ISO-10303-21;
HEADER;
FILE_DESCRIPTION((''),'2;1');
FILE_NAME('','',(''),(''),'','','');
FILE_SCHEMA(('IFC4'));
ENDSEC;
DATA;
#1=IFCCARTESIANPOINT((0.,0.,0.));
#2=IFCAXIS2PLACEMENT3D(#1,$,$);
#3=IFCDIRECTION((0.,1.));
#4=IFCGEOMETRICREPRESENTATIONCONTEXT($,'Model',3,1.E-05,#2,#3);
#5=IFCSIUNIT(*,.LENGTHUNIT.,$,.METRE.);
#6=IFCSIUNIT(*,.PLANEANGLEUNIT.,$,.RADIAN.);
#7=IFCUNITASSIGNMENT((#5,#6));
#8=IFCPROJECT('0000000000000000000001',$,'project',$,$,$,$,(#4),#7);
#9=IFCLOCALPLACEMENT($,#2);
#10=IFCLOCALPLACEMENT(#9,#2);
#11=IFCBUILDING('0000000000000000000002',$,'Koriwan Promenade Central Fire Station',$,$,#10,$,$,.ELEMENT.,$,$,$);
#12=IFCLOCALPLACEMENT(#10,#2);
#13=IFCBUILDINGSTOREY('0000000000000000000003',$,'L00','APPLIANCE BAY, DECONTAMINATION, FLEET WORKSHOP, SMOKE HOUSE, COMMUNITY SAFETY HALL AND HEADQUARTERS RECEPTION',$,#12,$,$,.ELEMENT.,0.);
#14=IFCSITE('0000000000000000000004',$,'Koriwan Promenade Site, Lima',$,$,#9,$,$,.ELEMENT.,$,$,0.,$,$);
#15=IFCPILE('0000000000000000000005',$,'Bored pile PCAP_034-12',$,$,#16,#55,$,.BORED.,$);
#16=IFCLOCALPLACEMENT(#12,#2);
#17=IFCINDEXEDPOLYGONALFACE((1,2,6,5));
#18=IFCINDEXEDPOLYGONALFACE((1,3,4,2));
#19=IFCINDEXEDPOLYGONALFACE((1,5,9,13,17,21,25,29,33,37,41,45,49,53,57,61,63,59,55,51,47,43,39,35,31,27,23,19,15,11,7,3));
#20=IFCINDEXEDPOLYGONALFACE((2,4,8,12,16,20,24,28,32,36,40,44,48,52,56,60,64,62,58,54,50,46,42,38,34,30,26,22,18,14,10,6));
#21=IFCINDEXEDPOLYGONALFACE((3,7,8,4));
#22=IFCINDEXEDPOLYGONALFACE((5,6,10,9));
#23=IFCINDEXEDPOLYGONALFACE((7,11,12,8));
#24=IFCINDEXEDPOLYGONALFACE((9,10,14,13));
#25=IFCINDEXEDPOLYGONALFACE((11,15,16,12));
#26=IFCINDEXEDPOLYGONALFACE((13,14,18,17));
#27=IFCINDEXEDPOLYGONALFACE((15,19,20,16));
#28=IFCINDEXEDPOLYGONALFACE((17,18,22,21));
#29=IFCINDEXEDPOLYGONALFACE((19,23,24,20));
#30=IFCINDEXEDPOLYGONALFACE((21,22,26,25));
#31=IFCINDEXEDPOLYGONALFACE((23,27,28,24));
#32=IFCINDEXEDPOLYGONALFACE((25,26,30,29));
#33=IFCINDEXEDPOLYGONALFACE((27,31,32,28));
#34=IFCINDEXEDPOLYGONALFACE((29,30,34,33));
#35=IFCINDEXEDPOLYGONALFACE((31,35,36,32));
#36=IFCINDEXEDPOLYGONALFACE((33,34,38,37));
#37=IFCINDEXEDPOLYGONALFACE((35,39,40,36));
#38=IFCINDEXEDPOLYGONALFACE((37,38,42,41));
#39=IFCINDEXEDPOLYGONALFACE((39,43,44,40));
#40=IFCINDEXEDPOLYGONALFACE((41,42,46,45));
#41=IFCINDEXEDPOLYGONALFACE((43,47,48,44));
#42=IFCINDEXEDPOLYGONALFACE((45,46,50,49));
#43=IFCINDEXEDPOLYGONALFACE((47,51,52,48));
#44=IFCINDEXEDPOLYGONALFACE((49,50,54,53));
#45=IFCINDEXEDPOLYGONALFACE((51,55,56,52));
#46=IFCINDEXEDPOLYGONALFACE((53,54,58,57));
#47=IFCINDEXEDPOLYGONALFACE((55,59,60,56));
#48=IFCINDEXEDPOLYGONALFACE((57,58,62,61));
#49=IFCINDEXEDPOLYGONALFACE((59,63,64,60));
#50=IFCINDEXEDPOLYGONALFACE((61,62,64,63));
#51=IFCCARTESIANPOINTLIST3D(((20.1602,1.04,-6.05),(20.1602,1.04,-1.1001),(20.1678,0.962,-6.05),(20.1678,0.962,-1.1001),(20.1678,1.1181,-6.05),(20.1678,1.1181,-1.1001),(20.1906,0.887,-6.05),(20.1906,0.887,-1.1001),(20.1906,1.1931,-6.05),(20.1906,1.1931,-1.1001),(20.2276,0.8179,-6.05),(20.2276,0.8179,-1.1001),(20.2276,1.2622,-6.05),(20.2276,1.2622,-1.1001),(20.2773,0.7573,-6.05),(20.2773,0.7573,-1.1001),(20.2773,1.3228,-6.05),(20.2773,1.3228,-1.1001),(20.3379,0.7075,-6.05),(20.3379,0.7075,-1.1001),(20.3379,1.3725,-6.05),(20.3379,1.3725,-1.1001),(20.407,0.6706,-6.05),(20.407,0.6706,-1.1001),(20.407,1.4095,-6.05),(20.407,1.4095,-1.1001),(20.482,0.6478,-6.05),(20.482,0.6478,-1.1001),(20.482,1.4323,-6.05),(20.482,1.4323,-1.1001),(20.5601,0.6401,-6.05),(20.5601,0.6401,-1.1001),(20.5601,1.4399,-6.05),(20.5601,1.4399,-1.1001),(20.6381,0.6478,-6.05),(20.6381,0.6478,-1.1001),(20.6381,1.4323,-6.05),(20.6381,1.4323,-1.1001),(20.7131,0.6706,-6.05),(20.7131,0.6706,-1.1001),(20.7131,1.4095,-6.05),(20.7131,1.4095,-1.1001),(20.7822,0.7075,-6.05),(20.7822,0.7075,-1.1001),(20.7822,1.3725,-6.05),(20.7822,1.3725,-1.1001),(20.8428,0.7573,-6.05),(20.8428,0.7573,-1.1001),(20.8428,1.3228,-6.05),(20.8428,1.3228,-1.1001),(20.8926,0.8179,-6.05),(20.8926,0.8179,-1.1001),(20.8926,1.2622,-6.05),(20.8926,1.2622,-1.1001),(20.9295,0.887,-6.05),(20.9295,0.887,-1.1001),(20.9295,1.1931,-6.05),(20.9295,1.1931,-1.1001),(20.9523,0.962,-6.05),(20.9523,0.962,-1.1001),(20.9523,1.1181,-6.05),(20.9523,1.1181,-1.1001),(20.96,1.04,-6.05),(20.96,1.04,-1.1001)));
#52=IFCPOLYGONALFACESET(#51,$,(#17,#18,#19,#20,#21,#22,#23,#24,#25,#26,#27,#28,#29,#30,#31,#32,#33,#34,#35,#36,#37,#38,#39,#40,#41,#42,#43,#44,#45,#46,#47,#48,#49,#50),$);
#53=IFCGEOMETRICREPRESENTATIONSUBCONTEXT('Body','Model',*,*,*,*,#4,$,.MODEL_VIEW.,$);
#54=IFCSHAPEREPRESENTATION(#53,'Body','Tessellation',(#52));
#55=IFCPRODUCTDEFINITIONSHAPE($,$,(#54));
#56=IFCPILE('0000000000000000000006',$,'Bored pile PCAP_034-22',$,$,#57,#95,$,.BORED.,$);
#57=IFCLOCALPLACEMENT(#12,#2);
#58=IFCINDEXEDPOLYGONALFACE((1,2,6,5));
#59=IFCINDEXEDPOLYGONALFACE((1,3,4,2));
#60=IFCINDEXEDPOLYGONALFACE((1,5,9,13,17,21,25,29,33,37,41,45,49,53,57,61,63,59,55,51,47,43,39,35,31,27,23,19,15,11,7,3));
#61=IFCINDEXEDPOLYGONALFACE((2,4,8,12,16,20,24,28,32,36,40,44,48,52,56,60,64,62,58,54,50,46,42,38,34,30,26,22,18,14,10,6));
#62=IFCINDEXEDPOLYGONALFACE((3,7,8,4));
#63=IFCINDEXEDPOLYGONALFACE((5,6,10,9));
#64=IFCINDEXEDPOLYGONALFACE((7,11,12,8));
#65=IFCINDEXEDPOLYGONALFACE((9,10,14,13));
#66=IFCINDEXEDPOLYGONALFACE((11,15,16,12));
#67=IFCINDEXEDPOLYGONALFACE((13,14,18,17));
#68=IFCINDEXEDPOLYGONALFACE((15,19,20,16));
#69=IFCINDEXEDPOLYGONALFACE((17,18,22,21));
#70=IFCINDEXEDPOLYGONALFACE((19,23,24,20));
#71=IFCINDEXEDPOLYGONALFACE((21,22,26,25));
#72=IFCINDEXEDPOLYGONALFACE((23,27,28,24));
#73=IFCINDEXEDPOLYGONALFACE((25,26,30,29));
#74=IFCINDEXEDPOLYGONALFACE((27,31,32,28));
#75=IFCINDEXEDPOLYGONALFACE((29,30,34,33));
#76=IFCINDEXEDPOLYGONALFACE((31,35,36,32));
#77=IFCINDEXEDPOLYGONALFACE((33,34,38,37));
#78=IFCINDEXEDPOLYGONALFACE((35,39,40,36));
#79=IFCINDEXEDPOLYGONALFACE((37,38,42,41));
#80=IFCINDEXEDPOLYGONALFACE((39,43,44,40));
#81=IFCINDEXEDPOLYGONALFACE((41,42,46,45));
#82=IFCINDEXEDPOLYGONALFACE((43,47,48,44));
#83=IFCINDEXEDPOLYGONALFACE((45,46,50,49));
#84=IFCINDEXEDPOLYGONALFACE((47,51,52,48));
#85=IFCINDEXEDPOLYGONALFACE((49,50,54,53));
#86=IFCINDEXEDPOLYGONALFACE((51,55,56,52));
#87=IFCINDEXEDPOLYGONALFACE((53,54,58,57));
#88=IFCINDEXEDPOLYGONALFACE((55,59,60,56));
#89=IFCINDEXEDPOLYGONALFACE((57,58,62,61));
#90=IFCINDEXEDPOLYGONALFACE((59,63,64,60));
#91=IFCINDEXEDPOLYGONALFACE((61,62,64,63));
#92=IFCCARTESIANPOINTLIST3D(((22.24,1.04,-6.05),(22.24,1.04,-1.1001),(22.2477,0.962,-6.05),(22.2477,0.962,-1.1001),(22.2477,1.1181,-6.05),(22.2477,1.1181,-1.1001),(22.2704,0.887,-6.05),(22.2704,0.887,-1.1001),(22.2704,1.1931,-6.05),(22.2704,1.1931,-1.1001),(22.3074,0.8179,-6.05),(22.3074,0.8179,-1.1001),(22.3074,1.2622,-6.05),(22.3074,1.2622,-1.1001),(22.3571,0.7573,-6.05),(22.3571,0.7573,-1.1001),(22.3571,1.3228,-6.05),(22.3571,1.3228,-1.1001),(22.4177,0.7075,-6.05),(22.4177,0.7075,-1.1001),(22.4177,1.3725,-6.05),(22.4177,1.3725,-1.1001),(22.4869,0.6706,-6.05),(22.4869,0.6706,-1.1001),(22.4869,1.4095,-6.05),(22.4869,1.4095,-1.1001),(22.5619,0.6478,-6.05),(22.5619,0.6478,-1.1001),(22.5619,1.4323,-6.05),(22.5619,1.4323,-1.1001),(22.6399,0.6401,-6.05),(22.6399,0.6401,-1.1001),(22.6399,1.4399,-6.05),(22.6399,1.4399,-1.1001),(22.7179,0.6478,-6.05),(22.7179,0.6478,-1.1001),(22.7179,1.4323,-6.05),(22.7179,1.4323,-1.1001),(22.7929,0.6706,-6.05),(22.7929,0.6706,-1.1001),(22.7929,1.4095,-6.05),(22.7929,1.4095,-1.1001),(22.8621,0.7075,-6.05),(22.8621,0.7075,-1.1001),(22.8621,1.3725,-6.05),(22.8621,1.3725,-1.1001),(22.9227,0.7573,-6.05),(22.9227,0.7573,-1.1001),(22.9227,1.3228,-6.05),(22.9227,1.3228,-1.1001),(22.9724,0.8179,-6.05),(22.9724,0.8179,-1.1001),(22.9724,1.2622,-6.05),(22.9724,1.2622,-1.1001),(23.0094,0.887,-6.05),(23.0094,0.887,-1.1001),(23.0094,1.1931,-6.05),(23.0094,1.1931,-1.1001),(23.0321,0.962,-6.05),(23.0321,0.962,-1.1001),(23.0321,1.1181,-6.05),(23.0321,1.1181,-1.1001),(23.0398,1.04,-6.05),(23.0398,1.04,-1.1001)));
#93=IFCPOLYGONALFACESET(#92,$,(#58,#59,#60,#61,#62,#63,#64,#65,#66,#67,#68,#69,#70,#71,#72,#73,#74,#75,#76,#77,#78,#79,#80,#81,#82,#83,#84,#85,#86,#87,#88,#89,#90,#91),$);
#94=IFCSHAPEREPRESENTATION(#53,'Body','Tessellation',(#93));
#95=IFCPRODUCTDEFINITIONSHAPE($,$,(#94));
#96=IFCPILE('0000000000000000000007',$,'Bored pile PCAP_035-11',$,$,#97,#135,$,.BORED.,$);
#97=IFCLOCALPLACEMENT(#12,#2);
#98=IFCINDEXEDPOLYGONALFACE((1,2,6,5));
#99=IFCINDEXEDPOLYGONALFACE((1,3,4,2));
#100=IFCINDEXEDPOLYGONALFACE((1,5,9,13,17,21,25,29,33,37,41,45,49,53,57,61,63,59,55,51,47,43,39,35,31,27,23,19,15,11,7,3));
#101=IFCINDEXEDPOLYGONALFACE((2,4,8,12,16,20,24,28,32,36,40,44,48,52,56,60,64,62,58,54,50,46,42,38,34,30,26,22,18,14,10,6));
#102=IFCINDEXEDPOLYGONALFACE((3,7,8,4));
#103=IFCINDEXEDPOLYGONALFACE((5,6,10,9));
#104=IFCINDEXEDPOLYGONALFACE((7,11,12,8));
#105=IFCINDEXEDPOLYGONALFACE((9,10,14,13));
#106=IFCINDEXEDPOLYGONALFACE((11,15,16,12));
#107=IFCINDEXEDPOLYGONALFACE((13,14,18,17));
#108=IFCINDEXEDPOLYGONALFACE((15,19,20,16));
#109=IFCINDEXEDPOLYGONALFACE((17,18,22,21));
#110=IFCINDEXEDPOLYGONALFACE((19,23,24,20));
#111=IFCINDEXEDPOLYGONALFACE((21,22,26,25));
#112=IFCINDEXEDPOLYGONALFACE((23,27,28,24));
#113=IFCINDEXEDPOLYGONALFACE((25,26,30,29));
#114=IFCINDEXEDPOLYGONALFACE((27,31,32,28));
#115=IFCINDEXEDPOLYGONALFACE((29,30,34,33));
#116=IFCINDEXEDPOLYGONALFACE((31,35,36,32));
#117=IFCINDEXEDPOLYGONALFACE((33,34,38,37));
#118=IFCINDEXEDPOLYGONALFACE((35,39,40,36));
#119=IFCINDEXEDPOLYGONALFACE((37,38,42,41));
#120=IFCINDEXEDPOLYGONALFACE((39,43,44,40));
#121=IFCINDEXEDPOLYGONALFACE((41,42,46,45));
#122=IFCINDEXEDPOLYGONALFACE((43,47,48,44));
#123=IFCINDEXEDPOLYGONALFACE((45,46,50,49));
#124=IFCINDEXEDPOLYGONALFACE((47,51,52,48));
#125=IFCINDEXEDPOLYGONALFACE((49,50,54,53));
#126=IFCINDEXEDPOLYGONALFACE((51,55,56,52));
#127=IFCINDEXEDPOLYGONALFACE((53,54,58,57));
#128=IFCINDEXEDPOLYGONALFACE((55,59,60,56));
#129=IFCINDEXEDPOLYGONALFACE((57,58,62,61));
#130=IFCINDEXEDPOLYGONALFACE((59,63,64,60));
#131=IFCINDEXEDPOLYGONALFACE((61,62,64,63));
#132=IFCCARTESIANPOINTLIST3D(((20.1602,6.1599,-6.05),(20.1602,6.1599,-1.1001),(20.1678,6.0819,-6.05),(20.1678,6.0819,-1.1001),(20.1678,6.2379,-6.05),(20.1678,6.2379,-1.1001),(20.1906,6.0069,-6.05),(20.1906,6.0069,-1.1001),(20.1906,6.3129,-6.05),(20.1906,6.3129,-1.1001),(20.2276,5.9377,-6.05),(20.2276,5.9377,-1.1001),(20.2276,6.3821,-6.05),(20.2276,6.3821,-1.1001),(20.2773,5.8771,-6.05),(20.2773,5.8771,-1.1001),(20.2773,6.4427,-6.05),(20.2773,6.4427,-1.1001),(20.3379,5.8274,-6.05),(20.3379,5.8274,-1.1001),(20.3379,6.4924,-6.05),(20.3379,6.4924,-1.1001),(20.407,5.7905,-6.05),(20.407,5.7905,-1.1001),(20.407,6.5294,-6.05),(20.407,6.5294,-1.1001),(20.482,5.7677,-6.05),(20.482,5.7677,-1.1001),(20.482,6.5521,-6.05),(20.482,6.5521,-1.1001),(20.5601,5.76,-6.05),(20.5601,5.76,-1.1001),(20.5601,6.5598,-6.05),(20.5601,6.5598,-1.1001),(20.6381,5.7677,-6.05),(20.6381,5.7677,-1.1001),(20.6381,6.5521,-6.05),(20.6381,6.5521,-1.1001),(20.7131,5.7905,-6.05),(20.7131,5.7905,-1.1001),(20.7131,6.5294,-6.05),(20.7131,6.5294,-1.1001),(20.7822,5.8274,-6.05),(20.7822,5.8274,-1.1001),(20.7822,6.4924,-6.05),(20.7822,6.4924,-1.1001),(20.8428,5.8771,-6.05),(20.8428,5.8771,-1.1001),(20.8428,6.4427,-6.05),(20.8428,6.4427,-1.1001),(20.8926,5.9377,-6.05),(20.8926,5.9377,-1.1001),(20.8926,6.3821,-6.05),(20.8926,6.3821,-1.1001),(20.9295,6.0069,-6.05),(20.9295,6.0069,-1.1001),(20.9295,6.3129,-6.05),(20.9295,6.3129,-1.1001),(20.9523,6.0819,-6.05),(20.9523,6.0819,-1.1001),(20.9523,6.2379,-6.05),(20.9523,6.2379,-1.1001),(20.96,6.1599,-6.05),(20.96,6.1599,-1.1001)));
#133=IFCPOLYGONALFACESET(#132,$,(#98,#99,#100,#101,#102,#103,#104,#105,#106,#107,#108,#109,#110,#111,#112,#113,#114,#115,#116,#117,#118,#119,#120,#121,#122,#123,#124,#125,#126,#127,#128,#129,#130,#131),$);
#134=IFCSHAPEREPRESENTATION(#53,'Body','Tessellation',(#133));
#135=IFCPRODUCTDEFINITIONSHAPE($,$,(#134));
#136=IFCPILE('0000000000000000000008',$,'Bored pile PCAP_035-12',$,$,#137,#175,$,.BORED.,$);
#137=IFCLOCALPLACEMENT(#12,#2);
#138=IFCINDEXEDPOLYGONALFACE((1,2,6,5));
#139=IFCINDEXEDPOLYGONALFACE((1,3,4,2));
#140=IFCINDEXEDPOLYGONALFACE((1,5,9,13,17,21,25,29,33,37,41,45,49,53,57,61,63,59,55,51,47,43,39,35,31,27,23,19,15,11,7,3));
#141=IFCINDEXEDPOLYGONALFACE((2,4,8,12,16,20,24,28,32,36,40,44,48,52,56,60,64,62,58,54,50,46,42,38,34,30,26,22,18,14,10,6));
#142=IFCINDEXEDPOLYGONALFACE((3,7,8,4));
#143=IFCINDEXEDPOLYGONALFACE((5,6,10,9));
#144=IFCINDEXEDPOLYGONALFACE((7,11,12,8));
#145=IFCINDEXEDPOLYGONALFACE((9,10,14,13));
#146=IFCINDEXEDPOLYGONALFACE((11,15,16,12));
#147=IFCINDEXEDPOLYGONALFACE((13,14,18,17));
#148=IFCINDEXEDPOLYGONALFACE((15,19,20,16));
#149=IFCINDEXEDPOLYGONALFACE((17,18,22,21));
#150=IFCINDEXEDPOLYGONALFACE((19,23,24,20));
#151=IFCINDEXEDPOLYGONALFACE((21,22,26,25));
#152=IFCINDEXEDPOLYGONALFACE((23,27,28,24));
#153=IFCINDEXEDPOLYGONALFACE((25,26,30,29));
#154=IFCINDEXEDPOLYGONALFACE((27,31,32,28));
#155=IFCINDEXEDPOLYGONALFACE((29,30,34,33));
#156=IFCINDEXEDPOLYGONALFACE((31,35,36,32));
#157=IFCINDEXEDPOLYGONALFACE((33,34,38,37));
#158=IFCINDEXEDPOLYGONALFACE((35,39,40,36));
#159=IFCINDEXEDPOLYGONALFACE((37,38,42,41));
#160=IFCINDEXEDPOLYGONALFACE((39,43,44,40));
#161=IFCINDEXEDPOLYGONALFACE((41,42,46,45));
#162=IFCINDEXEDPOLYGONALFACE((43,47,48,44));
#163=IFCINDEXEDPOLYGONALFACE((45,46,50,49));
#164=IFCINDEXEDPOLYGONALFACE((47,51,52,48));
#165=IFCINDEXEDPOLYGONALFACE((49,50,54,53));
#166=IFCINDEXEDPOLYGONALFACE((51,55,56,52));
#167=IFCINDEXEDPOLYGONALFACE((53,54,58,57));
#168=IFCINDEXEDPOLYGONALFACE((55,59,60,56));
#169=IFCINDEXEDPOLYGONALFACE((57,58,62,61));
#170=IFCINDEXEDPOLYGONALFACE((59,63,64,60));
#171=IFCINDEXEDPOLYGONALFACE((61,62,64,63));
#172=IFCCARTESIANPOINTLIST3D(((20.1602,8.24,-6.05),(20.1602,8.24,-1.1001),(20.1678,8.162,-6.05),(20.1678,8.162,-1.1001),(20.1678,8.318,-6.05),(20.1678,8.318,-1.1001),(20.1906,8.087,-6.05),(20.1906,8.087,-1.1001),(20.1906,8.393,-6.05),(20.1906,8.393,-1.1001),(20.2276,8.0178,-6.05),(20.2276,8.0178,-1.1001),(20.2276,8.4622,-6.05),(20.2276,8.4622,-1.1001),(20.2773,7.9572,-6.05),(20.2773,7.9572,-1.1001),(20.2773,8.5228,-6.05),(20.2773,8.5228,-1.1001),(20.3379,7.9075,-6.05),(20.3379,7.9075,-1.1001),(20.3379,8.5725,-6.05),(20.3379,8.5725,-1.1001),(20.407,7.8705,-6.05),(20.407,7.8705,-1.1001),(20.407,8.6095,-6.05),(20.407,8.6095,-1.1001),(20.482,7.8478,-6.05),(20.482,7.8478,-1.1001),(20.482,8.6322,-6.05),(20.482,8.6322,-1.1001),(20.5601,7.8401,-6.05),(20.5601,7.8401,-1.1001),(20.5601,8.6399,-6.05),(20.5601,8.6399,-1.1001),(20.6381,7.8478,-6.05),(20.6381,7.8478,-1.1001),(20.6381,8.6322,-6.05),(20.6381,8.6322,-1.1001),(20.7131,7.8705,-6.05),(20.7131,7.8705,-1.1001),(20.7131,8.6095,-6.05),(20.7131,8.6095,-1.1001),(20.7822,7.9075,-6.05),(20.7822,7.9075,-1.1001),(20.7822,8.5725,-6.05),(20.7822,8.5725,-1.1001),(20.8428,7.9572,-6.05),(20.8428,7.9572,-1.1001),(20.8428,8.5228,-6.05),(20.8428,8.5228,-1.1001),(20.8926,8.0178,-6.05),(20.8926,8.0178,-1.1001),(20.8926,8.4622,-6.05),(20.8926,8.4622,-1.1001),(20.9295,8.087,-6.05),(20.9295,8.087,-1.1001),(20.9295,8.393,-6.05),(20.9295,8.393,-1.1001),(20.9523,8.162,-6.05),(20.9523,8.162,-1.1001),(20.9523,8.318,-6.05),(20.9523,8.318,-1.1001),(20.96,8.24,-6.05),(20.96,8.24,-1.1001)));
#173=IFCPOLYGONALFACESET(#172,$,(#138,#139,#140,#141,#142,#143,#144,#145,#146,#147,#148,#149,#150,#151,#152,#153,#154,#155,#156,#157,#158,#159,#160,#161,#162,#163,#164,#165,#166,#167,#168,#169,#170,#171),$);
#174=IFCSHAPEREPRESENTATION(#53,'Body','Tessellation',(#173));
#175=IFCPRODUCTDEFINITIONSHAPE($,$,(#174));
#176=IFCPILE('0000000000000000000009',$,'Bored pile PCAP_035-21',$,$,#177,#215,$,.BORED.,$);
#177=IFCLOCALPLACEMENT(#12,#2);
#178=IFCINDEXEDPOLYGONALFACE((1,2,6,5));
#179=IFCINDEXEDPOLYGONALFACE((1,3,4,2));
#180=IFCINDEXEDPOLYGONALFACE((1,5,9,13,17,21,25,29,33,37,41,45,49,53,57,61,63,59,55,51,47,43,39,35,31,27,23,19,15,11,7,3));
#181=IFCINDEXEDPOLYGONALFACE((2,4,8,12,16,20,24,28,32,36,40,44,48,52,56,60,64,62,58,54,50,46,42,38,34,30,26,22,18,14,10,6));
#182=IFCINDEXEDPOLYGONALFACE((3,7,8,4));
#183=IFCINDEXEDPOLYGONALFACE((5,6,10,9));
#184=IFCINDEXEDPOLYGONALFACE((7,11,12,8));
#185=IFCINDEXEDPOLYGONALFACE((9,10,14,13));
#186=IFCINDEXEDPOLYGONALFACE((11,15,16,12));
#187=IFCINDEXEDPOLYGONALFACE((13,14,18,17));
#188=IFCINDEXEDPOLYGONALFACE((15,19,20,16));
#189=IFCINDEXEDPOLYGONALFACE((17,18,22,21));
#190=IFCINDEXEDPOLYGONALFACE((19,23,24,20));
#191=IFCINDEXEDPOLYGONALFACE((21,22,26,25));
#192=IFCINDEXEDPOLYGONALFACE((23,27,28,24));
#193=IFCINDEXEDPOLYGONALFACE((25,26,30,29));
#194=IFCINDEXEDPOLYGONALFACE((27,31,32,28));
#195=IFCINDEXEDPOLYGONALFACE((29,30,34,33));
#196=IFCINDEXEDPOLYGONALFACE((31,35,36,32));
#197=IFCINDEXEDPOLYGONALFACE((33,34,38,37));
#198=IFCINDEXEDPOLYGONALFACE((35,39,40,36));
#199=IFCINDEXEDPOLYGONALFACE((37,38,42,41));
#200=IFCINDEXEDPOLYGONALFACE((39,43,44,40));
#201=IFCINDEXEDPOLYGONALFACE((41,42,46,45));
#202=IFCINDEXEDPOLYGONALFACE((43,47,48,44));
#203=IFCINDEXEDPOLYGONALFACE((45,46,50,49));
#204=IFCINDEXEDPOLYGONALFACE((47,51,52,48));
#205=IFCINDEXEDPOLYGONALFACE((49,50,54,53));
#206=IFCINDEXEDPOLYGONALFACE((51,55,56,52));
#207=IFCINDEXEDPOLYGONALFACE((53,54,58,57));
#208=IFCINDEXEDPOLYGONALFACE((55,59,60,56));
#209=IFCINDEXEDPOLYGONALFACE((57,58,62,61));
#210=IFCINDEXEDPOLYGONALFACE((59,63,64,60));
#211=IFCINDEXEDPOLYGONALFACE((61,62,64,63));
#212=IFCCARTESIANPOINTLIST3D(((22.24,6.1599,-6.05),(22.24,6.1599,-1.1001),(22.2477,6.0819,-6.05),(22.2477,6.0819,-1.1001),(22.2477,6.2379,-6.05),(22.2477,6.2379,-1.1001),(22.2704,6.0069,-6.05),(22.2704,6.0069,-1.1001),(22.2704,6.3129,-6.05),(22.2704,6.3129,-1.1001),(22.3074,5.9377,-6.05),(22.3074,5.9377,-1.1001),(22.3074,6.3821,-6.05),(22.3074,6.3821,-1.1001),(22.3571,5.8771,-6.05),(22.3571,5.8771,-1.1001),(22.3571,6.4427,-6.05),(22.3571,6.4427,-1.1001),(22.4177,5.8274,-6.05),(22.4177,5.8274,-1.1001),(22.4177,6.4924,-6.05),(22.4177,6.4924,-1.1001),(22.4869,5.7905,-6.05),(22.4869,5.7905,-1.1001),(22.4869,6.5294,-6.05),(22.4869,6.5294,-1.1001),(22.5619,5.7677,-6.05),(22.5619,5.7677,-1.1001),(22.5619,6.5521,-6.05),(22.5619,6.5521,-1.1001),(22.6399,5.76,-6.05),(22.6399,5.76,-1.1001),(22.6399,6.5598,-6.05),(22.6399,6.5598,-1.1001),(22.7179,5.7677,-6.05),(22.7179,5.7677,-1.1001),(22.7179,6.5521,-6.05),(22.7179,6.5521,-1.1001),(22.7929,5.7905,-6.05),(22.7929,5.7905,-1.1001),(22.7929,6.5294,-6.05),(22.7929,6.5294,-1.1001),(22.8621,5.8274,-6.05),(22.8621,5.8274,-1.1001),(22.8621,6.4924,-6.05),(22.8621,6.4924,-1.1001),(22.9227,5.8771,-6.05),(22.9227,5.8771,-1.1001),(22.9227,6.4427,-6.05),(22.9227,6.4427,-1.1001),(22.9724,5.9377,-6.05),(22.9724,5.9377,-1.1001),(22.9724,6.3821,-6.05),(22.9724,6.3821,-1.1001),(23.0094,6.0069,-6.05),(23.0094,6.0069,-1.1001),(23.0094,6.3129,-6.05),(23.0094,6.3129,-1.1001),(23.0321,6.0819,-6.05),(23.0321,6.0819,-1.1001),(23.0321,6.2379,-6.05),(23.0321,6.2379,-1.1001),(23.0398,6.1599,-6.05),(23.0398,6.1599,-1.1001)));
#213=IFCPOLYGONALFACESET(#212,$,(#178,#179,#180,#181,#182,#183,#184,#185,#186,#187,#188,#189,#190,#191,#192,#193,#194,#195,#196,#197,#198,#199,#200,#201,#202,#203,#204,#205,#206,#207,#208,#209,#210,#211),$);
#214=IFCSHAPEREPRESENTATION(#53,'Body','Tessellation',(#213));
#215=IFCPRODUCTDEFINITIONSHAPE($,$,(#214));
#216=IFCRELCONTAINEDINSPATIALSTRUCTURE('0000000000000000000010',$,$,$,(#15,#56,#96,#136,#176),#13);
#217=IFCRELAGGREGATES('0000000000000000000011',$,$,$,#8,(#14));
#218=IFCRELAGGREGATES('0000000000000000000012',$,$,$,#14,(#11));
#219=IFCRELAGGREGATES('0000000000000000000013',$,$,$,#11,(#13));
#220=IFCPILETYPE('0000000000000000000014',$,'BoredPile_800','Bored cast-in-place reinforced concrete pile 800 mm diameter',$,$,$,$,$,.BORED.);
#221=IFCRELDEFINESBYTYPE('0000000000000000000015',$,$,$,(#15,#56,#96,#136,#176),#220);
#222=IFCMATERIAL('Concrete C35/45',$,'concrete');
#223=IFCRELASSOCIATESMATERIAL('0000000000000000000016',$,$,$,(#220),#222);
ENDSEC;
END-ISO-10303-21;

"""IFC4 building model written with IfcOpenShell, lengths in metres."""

from ifc_helpers import new_model, si_unit, direction, frame, origin, origin_2d, place, context, subcontext, project, spatial, circle, extrude, material, material_profile, profile_set, type_object, element, save


model = new_model("IFC4")

# Units and contexts
model_context = context("Model", 3, precision=1e-05, world=origin(), true_north=direction((0.0, 1.0)))
body_context = subcontext(model_context, "Body", "Model", "MODEL_VIEW")
ifc_project = project(units=[si_unit("LENGTHUNIT", "METRE"), si_unit("PLANEANGLEUNIT", "RADIAN")], contexts=[model_context])

# Site, building, storey
site_placement = place(None, origin())
site = spatial("IfcSite", under=ifc_project, at=site_placement, Name="Koriwan Promenade Site, Lima", CompositionType="ELEMENT", RefElevation=0.0)
building_placement = place(site_placement, origin())
building = spatial("IfcBuilding", under=site, at=building_placement, Name="Koriwan Promenade Central Fire Station", CompositionType="ELEMENT")
storey_placement = place(building_placement, origin())
storey = spatial("IfcBuildingStorey", under=building, at=storey_placement, Name="L00", Description="APPLIANCE BAY, DECONTAMINATION, FLEET WORKSHOP, SMOKE HOUSE, COMMUNITY SAFETY HALL AND HEADQUARTERS RECEPTION", CompositionType="ELEMENT", Elevation=0.0)

# Piles
ifc_material_1 = material(Name="Concrete C35/45", Category="concrete")
ifc_material_profile_1 = material_profile(ifc_material_1, circle(Radius=0.3999, at=origin_2d()), Name="PILE-D800")
ifc_profile_set_1 = profile_set([ifc_material_profile_1], Name="Concrete C35/45")
pile_type_1 = type_object("IfcPileType", Name="BoredPile_800", Description="Bored cast-in-place reinforced concrete pile 800 mm diameter", PredefinedType="BORED", material=ifc_profile_set_1)
for number, where, z_axis, x_axis, name in (
    (1, (20.5601, 1.04, -1.1001), (0.0, 0.0, -1.0), (1.0, 0.0, 0.0), "Bored pile PCAP_034-12"),
    (2, (22.6399, 1.04, -1.1001), (0.0, 0.0, -1.0), (1.0, 0.0, 0.0), "Bored pile PCAP_034-22"),
    (3, (20.5601, 6.1599, -1.1001), (0.0, 0.0, -1.0), (1.0, 0.0, 0.0), "Bored pile PCAP_035-11"),
    (4, (20.5601, 8.24, -1.1001), (0.0, 0.0, -1.0), (1.0, 0.0, 0.0), "Bored pile PCAP_035-12"),
    (5, (22.6399, 6.1599, -1.1001), (0.0, 0.0, -1.0), (1.0, 0.0, 0.0), "Bored pile PCAP_035-21"),
):
    element("IfcPile", number, at=place(storey_placement, frame(where, z_axis=z_axis, x_axis=x_axis)), inside=storey, type_object=pile_type_1, Name=name, PredefinedType="BORED", context=body_context, shape_type="SweptSolid", body=[
        extrude(circle(Radius=0.3999, at=origin_2d()), origin(), (0.0, 0.0, 1.0), 4.95),
    ])

save(model, "model.ifc")
